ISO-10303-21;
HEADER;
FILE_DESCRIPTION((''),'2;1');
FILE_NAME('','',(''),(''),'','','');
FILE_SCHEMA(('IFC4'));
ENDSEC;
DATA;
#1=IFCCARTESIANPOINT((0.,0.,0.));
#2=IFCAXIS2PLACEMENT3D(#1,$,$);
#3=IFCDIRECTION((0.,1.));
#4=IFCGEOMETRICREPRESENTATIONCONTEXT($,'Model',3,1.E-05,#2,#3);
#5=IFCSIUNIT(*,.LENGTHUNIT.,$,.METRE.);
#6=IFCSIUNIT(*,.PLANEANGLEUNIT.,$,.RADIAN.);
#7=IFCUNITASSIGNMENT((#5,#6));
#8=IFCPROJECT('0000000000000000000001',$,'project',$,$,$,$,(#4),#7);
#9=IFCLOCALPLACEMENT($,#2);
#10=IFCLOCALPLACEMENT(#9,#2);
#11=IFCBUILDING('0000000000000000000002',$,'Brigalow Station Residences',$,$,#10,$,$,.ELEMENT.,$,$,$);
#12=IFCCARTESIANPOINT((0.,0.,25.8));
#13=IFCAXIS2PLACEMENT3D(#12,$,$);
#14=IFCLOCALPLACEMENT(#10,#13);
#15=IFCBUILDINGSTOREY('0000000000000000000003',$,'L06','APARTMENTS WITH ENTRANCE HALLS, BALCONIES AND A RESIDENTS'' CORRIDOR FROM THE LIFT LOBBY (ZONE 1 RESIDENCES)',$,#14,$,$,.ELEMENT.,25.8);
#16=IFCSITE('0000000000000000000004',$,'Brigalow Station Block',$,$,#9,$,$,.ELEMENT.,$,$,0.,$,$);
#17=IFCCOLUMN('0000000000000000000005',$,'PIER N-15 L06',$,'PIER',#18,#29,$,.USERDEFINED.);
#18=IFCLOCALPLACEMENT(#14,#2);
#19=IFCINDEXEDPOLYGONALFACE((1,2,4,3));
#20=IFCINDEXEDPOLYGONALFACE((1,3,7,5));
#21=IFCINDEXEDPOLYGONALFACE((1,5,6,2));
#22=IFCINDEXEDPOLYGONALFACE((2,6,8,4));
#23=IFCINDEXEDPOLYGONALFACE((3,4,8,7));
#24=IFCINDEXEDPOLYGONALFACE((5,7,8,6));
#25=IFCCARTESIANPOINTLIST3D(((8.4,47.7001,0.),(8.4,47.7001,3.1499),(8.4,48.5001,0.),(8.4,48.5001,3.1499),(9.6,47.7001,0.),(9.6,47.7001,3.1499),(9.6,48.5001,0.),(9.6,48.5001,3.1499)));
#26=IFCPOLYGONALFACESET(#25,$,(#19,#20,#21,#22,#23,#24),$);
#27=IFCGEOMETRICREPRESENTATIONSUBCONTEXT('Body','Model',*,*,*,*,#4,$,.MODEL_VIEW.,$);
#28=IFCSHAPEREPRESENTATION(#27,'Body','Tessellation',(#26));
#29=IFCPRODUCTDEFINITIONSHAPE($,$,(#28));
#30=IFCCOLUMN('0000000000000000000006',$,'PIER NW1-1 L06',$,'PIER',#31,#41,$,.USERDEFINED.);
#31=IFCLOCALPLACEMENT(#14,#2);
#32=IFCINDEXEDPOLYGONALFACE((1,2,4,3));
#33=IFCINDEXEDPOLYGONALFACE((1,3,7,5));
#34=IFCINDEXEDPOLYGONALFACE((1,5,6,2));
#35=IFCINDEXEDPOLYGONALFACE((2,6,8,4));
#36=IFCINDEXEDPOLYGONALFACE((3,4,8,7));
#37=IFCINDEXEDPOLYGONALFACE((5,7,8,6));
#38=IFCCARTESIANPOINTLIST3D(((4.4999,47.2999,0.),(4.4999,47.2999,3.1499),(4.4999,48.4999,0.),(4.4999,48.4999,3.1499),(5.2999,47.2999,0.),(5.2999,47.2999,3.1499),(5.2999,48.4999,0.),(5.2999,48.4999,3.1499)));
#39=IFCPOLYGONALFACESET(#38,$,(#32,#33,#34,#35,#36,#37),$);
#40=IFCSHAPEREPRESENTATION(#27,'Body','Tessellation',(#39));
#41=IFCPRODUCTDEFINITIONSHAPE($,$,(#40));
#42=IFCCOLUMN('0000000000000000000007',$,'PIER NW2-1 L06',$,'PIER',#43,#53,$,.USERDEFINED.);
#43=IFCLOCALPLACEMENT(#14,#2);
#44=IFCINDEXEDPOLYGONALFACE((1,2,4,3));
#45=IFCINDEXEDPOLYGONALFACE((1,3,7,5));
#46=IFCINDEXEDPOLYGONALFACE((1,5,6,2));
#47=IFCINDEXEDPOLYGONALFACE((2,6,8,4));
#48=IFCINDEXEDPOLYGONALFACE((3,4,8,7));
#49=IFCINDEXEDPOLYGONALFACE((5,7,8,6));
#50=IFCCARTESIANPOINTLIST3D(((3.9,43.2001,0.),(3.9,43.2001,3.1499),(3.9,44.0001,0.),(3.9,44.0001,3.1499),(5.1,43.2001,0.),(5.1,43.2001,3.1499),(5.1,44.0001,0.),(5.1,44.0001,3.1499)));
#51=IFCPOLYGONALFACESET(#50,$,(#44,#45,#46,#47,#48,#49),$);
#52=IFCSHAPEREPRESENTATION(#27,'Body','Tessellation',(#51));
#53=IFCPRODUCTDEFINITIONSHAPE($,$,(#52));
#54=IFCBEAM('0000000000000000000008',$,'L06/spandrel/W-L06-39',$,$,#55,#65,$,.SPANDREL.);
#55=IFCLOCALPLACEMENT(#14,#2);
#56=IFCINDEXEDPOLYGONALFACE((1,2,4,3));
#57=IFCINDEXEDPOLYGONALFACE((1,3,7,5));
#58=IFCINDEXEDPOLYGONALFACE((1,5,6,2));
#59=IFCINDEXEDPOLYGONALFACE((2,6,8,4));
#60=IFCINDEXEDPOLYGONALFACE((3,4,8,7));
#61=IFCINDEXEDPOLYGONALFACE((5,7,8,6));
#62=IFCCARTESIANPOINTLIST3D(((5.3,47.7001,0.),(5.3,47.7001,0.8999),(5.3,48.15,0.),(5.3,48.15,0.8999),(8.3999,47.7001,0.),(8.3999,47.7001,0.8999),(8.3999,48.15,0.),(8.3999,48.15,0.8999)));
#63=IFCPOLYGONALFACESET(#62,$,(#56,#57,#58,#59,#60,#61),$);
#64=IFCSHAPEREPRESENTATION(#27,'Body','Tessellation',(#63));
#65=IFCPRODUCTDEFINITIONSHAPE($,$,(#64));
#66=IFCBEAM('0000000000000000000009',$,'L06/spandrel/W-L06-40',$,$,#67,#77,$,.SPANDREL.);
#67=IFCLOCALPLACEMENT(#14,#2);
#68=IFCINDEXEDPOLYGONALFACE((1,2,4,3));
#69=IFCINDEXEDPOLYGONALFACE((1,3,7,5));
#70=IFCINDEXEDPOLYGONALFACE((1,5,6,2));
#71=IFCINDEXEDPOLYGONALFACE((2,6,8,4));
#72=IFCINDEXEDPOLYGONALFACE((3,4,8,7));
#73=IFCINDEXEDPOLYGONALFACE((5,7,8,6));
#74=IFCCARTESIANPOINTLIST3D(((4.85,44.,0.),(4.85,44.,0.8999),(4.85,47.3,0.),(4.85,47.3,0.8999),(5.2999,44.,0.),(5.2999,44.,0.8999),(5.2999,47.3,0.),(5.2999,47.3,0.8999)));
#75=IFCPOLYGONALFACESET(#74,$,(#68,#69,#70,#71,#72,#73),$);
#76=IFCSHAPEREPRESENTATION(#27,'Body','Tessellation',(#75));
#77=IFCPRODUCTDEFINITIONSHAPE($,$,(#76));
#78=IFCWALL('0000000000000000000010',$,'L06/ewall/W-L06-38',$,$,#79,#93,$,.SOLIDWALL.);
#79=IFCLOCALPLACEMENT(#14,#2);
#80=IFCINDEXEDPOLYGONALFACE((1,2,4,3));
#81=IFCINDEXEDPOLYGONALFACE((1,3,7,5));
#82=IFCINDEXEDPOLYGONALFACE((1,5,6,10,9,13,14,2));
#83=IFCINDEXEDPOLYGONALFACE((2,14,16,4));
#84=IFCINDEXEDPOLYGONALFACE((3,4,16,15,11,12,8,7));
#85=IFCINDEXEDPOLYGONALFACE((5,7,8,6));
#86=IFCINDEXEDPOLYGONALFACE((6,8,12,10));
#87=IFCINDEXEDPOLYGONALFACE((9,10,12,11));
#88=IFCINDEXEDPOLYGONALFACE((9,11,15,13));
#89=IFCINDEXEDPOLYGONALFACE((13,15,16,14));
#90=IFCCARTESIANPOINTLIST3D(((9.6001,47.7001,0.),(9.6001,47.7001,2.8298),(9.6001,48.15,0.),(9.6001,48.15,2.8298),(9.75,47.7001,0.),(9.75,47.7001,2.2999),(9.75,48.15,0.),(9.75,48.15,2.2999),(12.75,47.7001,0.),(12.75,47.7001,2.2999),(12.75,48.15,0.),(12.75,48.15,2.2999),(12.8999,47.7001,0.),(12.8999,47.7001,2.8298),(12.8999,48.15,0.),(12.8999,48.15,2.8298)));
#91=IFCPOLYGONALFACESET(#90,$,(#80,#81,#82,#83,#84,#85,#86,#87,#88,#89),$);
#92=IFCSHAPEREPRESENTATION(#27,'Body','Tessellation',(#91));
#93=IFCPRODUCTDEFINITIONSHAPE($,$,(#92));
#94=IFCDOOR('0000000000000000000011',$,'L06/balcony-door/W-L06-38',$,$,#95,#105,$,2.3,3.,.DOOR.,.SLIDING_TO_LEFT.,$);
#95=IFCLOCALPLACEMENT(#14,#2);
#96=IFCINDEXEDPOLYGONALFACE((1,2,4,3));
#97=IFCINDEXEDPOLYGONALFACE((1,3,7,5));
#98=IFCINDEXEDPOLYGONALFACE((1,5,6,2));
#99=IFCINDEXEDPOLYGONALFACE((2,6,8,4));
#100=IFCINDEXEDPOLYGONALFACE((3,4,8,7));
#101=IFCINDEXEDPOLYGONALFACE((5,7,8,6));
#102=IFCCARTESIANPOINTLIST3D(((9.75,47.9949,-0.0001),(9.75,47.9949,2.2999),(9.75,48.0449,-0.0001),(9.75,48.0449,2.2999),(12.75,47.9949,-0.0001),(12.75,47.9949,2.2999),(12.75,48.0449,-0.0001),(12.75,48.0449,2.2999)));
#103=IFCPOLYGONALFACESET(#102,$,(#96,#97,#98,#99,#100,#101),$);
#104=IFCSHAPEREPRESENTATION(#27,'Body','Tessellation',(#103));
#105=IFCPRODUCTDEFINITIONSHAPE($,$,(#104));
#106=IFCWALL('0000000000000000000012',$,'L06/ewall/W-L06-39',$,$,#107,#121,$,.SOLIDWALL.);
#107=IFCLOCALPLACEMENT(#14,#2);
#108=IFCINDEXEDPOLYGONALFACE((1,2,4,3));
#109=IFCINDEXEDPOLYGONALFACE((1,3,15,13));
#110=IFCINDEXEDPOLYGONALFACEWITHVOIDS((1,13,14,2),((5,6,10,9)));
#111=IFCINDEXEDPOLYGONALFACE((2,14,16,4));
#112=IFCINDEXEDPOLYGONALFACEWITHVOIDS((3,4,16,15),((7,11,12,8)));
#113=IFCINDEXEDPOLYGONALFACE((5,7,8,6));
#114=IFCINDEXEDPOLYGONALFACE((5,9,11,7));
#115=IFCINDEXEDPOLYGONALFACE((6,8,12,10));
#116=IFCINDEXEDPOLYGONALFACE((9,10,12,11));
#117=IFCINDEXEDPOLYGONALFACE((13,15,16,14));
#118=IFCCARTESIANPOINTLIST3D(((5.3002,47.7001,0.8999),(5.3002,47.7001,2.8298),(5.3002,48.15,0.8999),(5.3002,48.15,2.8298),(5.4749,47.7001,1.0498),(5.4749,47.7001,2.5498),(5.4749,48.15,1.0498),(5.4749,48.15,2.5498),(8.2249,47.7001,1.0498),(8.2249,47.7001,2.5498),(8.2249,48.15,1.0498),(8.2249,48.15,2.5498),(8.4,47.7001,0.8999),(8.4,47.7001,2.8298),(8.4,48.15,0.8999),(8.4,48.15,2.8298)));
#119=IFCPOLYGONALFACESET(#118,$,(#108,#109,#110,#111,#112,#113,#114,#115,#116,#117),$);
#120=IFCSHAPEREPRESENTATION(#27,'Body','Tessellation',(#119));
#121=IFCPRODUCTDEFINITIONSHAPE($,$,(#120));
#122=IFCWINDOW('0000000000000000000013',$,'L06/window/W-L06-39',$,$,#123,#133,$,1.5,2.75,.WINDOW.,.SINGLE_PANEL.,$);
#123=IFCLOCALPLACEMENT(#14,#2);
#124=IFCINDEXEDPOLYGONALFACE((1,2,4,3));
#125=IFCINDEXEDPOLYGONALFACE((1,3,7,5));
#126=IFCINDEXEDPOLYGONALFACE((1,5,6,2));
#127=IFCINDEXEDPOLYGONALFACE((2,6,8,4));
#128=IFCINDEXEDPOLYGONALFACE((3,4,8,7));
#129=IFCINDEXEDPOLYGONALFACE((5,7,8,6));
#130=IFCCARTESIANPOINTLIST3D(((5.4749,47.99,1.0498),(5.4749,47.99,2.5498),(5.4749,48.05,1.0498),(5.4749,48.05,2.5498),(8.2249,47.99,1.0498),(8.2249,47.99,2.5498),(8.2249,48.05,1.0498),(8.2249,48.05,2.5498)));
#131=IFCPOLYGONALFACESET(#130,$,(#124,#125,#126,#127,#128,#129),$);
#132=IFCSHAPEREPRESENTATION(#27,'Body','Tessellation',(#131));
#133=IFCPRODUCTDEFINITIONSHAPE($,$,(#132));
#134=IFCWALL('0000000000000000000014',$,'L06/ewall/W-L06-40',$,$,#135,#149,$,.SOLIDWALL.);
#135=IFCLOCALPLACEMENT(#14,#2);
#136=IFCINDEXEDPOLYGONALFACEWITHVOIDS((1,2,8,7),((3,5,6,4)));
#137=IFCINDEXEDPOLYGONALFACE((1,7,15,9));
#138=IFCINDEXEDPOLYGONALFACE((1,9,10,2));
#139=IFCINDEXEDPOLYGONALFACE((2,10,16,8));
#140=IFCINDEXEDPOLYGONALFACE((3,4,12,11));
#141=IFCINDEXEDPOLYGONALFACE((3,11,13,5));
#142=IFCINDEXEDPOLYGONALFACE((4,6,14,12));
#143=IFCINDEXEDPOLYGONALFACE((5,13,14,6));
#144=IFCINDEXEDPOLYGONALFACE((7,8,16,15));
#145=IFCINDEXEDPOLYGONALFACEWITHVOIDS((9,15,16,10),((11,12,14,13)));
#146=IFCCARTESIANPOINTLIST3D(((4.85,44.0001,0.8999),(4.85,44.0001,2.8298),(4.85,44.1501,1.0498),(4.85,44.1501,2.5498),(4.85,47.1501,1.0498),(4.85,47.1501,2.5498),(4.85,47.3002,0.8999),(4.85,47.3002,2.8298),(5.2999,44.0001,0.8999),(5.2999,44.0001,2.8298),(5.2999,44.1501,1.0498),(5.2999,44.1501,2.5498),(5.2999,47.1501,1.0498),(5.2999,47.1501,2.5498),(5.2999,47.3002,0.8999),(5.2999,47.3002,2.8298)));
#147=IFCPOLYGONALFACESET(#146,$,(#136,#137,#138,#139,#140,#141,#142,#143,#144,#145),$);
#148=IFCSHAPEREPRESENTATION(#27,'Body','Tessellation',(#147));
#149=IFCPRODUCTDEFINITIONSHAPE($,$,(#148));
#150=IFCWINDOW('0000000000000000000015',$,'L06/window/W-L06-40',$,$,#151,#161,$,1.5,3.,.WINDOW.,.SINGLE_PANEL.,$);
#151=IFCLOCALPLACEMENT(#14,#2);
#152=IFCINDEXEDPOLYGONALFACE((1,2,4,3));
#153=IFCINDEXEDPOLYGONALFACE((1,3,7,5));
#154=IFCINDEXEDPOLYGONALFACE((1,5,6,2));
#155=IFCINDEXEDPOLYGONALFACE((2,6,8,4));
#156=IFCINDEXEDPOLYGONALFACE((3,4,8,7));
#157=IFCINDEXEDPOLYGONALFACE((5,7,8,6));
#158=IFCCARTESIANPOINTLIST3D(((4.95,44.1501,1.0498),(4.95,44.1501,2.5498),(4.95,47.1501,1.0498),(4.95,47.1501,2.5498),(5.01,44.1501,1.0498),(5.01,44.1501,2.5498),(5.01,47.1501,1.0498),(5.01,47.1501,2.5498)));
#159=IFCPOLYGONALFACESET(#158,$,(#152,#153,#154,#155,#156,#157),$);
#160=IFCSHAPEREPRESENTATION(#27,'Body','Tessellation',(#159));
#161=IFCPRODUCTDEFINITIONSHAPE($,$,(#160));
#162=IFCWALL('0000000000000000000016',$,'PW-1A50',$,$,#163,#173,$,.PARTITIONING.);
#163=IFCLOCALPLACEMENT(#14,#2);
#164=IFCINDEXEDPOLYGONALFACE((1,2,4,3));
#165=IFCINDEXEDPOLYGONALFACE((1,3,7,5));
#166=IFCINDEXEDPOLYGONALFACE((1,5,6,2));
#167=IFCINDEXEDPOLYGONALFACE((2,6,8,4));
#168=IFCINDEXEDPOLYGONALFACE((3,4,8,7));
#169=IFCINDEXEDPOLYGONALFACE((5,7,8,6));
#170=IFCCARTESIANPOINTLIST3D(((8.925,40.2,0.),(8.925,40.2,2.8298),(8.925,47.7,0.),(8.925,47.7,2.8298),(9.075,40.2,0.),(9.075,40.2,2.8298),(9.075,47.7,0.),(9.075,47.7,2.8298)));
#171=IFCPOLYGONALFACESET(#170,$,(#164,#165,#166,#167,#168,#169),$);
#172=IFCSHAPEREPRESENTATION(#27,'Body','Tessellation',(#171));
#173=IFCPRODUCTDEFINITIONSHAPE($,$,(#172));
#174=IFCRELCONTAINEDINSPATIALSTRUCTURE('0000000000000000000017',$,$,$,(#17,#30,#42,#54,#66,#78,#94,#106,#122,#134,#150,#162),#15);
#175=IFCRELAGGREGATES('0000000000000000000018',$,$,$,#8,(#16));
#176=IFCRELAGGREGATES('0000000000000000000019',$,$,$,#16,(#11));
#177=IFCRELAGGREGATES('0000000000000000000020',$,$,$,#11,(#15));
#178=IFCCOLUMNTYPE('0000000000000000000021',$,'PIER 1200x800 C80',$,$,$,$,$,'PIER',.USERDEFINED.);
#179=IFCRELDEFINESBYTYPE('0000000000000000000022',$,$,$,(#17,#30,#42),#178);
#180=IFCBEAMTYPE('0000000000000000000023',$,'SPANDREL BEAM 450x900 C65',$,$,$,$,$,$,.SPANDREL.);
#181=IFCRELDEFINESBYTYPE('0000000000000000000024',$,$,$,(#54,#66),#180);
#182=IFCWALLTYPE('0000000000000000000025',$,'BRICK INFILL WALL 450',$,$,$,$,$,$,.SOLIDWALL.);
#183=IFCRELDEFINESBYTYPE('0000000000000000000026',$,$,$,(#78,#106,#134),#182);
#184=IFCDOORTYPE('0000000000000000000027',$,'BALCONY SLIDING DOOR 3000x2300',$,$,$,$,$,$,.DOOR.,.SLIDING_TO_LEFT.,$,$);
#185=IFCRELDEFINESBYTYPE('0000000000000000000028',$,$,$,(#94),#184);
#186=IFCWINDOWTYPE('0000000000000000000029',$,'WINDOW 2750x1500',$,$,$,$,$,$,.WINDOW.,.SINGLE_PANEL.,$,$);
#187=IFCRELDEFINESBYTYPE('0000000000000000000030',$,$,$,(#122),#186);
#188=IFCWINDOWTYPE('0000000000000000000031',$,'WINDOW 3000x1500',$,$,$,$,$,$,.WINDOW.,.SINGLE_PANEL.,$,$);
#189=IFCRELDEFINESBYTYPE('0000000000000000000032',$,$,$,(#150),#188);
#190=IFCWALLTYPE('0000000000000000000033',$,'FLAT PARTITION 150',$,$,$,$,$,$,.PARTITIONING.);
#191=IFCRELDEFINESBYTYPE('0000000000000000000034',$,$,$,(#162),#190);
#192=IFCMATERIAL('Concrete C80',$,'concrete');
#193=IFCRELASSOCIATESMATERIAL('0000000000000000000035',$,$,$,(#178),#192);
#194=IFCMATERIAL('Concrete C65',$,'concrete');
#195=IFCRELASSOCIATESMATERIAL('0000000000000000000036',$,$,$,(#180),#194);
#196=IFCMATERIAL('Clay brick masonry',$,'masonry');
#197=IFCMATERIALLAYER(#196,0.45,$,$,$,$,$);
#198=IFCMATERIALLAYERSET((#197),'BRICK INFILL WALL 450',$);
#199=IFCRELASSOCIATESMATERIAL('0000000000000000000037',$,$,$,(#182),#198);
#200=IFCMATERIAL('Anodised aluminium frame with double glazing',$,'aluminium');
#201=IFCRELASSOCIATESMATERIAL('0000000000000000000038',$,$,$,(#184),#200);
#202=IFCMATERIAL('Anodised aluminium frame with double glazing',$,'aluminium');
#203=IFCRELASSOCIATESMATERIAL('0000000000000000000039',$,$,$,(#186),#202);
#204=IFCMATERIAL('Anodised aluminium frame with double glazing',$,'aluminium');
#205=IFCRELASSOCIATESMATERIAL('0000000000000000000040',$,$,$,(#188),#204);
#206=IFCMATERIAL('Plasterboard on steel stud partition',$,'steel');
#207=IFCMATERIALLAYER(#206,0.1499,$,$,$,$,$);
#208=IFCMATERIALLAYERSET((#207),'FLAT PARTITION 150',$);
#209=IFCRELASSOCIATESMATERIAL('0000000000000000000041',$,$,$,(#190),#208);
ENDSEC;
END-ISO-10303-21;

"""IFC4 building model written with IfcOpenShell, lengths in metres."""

from ifc_helpers import new_model, si_unit, direction, frame, frame_2d, origin, origin_2d, place, context, subcontext, project, spatial, rectangle, extrude, material, layer, layer_set, material_profile, profile_set, type_object, element, fill, save


model = new_model("IFC4")

# Units and contexts
model_context = context("Model", 3, precision=1e-05, world=origin(), true_north=direction((0.0, 1.0)))
body_context = subcontext(model_context, "Body", "Model", "MODEL_VIEW")
ifc_project = project(units=[si_unit("LENGTHUNIT", "METRE"), si_unit("PLANEANGLEUNIT", "RADIAN")], contexts=[model_context])

# Site, building, storey
site_placement = place(None, origin())
site = spatial("IfcSite", under=ifc_project, at=site_placement, Name="Brigalow Station Block", CompositionType="ELEMENT", RefElevation=0.0)
building_placement = place(site_placement, origin())
building = spatial("IfcBuilding", under=site, at=building_placement, Name="Brigalow Station Residences", CompositionType="ELEMENT")
storey_placement = place(building_placement, frame((0.0, 0.0, 25.8)))
storey = spatial("IfcBuildingStorey", under=building, at=storey_placement, Name="L06", Description="APARTMENTS WITH ENTRANCE HALLS, BALCONIES AND A RESIDENTS' CORRIDOR FROM THE LIFT LOBBY (ZONE 1 RESIDENCES)", CompositionType="ELEMENT", Elevation=25.8)

# Columns
ifc_material_1 = material(Name="Concrete C80", Category="concrete")
ifc_material_profile_1 = material_profile(ifc_material_1, rectangle(XDim=1.2, YDim=0.8, at=origin_2d()), Name="RC1200x800")
ifc_profile_set_1 = profile_set([ifc_material_profile_1], Name="Concrete C80")
column_type = type_object("IfcColumnType", Name="PIER 1200x800 C80", ElementType="PIER", PredefinedType="USERDEFINED", material=ifc_profile_set_1)
for number, where, z_axis, x_axis, name in (
    (1, (9.0, 48.1001, 0.0), (0.0, 0.0, 1.0), (-1.0, 0.0, 0.0), "PIER N-15 L06"),
    (2, (4.8999, 47.8999, 0.0), (0.0, 0.0, 1.0), (0.0, -1.0, 0.0), "PIER NW1-1 L06"),
    (3, (4.5, 43.6001, 0.0), (0.0, 0.0, 1.0), (-1.0, 0.0, 0.0), "PIER NW2-1 L06"),
):
    element("IfcColumn", number, at=place(storey_placement, frame(where, z_axis=z_axis, x_axis=x_axis)), inside=storey, type_object=column_type, Name=name, ObjectType="PIER", PredefinedType="USERDEFINED", context=body_context, shape_type="SweptSolid", body=[
        extrude(rectangle(XDim=1.2, YDim=0.8, at=origin_2d()), origin(), (0.0, 0.0, 1.0), 3.1499),
    ])

# Beams
ifc_material_2 = material(Name="Concrete C65", Category="concrete")
ifc_material_profile_2 = material_profile(ifc_material_2, rectangle(XDim=0.45, YDim=0.8999, at=origin_2d()), Name="RC450x900")
ifc_profile_set_2 = profile_set([ifc_material_profile_2], Name="Concrete C65")
beam_type = type_object("IfcBeamType", Name="SPANDREL BEAM 450x900 C65", PredefinedType="SPANDREL", material=ifc_profile_set_2)
beam_1_placement = place(storey_placement, frame((8.3999, 47.925, 0.45), z_axis=(-1.0, 0.0, 0.0), x_axis=(0.0, -1.0, 0.0)))
element("IfcBeam", 4, at=beam_1_placement, inside=storey, type_object=beam_type, Name="L06/spandrel/W-L06-39", PredefinedType="SPANDREL", context=body_context, shape_type="SweptSolid", body=[
    extrude(rectangle(XDim=0.45, YDim=0.8999, at=origin_2d()), origin(), (0.0, 0.0, 1.0), 3.0999),
])
beam_2_placement = place(storey_placement, frame((5.075, 47.3, 0.45), z_axis=(0.0, -1.0, 0.0), x_axis=(1.0, 0.0, 0.0)))
element("IfcBeam", 5, at=beam_2_placement, inside=storey, type_object=beam_type, Name="L06/spandrel/W-L06-40", PredefinedType="SPANDREL", context=body_context, shape_type="SweptSolid", body=[
    extrude(rectangle(XDim=0.45, YDim=0.8999, at=origin_2d()), origin(), (0.0, 0.0, 1.0), 3.3),
])

# Wall, opening, door
ifc_material_3 = material(Name="Clay brick masonry", Category="masonry")
ifc_layer_1 = layer(ifc_material_3, 0.45)
ifc_layer_set_1 = layer_set([ifc_layer_1], Name="BRICK INFILL WALL 450")
wall_type_1 = type_object("IfcWallType", Name="BRICK INFILL WALL 450", PredefinedType="SOLIDWALL", material=ifc_layer_set_1)
wall_1_placement = place(storey_placement, frame((12.8999, 47.925, 0.0), z_axis=(0.0, 0.0, 1.0), x_axis=(-1.0, 0.0, 0.0)))
wall_1 = element("IfcWall", 6, at=wall_1_placement, inside=storey, type_object=wall_type_1, Name="L06/ewall/W-L06-38", PredefinedType="SOLIDWALL", context=body_context, shape_type="SweptSolid", body=[
    extrude(rectangle(XDim=3.2998, YDim=0.45, at=frame_2d((1.6499, 0.0))), origin(), (0.0, 0.0, 1.0), 2.8298),
])
opening_1_placement = place(wall_1_placement, frame((0.1499, 0.0, 0.0)))
opening_1 = element("IfcOpeningElement", 7, at=opening_1_placement, cuts=wall_1, PredefinedType="OPENING", context=body_context, shape_type="SweptSolid", body=[
    extrude(rectangle(XDim=3.0, YDim=2.3, at=frame_2d((1.5, 1.1499))), frame((0.0, 0.2349, 0.0), z_axis=(0.0, -1.0, 0.0), x_axis=(1.0, 0.0, 0.0)), (0.0, 0.0, 1.0), 0.47),
])
ifc_material_4 = material(Name="Anodised aluminium frame with double glazing", Category="aluminium")
door_type_1 = type_object("IfcDoorType", Name="BALCONY SLIDING DOOR 3000x2300", OperationType="SLIDING_TO_LEFT", PredefinedType="DOOR", material=ifc_material_4)
door_1_placement = place(opening_1_placement, origin())
door_1 = element("IfcDoor", 8, at=door_1_placement, inside=storey, type_object=door_type_1, Name="L06/balcony-door/W-L06-38", OperationType="SLIDING_TO_LEFT", OverallHeight=2.3, OverallWidth=3.0, PredefinedType="DOOR", context=body_context, shape_type="SweptSolid", body=[
    extrude(rectangle(XDim=3.0, YDim=2.3, at=frame_2d((1.5, 1.1499))), frame((0.0, -0.0698, 0.0), z_axis=(0.0, -1.0, 0.0), x_axis=(1.0, 0.0, 0.0)), (0.0, 0.0, 1.0), 0.05),
])
fill(opening_1, door_1)

# Walls, openings, windows
wall_2_placement = place(storey_placement, frame((8.3999, 47.925, 0.8999), z_axis=(0.0, 0.0, 1.0), x_axis=(-1.0, 0.0, 0.0)))
wall_2 = element("IfcWall", 9, at=wall_2_placement, inside=storey, type_object=wall_type_1, Name="L06/ewall/W-L06-39", PredefinedType="SOLIDWALL", context=body_context, shape_type="SweptSolid", body=[
    extrude(rectangle(XDim=3.0999, YDim=0.45, at=frame_2d((1.5498, 0.0))), origin(), (0.0, 0.0, 1.0), 1.9299),
])
opening_2_placement = place(wall_2_placement, frame((0.175, 0.0, 0.1499)))
opening_2 = element("IfcOpeningElement", 10, at=opening_2_placement, cuts=wall_2, PredefinedType="OPENING", context=body_context, shape_type="SweptSolid", body=[
    extrude(rectangle(XDim=2.75, YDim=1.5, at=frame_2d((1.375, 0.75))), frame((0.0, 0.2349, 0.0), z_axis=(0.0, -1.0, 0.0), x_axis=(1.0, 0.0, 0.0)), (0.0, 0.0, 1.0), 0.47),
])
ifc_material_5 = material(Name="Anodised aluminium frame with double glazing", Category="aluminium")
window_type_1 = type_object("IfcWindowType", Name="WINDOW 2750x1500", PartitioningType="SINGLE_PANEL", PredefinedType="WINDOW", material=ifc_material_5)
window_1_placement = place(opening_2_placement, origin())
window_1 = element("IfcWindow", 11, at=window_1_placement, inside=storey, type_object=window_type_1, Name="L06/window/W-L06-39", OverallHeight=1.5, OverallWidth=2.75, PartitioningType="SINGLE_PANEL", PredefinedType="WINDOW", context=body_context, shape_type="SweptSolid", body=[
    extrude(rectangle(XDim=2.75, YDim=1.5, at=frame_2d((1.375, 0.75))), frame((0.0, -0.0649, 0.0), z_axis=(0.0, -1.0, 0.0), x_axis=(1.0, 0.0, 0.0)), (0.0, 0.0, 1.0), 0.0601),
])
fill(opening_2, window_1)
wall_3_placement = place(storey_placement, frame((5.075, 47.3, 0.8999), z_axis=(0.0, 0.0, 1.0), x_axis=(0.0, -1.0, 0.0)))
wall_3 = element("IfcWall", 12, at=wall_3_placement, inside=storey, type_object=wall_type_1, Name="L06/ewall/W-L06-40", PredefinedType="SOLIDWALL", context=body_context, shape_type="SweptSolid", body=[
    extrude(rectangle(XDim=3.3, YDim=0.45, at=frame_2d((1.6499, 0.0))), origin(), (0.0, 0.0, 1.0), 1.9299),
])
opening_3_placement = place(wall_3_placement, frame((0.1499, 0.0, 0.1499)))
opening_3 = element("IfcOpeningElement", 13, at=opening_3_placement, cuts=wall_3, PredefinedType="OPENING", context=body_context, shape_type="SweptSolid", body=[
    extrude(rectangle(XDim=3.0, YDim=1.5, at=frame_2d((1.5, 0.75))), frame((0.0, 0.2349, 0.0), z_axis=(0.0, -1.0, 0.0), x_axis=(1.0, 0.0, 0.0)), (0.0, 0.0, 1.0), 0.47),
])
ifc_material_6 = material(Name="Anodised aluminium frame with double glazing", Category="aluminium")
window_type_2 = type_object("IfcWindowType", Name="WINDOW 3000x1500", PartitioningType="SINGLE_PANEL", PredefinedType="WINDOW", material=ifc_material_6)
window_2_placement = place(opening_3_placement, origin())
window_2 = element("IfcWindow", 14, at=window_2_placement, inside=storey, type_object=window_type_2, Name="L06/window/W-L06-40", OverallHeight=1.5, OverallWidth=3.0, PartitioningType="SINGLE_PANEL", PredefinedType="WINDOW", context=body_context, shape_type="SweptSolid", body=[
    extrude(rectangle(XDim=3.0, YDim=1.5, at=frame_2d((1.5, 0.75))), frame((0.0, -0.0649, 0.0), z_axis=(0.0, -1.0, 0.0), x_axis=(1.0, 0.0, 0.0)), (0.0, 0.0, 1.0), 0.0601),
])
fill(opening_3, window_2)

# Wall
ifc_material_7 = material(Name="Plasterboard on steel stud partition", Category="steel")
ifc_layer_2 = layer(ifc_material_7, 0.1499)
ifc_layer_set_2 = layer_set([ifc_layer_2], Name="FLAT PARTITION 150")
wall_type_2 = type_object("IfcWallType", Name="FLAT PARTITION 150", PredefinedType="PARTITIONING", material=ifc_layer_set_2)
wall_4_placement = place(storey_placement, frame((9.0, 40.2, 0.0), z_axis=(0.0, 0.0, 1.0), x_axis=(0.0, 1.0, 0.0)))
element("IfcWall", 15, at=wall_4_placement, inside=storey, type_object=wall_type_2, Name="PW-1A50", PredefinedType="PARTITIONING", context=body_context, shape_type="SweptSolid", body=[
    extrude(rectangle(XDim=7.5, YDim=0.1499, at=frame_2d((3.75, 0.0))), origin(), (0.0, 0.0, 1.0), 2.8298),
])

save(model, "model.ifc")
